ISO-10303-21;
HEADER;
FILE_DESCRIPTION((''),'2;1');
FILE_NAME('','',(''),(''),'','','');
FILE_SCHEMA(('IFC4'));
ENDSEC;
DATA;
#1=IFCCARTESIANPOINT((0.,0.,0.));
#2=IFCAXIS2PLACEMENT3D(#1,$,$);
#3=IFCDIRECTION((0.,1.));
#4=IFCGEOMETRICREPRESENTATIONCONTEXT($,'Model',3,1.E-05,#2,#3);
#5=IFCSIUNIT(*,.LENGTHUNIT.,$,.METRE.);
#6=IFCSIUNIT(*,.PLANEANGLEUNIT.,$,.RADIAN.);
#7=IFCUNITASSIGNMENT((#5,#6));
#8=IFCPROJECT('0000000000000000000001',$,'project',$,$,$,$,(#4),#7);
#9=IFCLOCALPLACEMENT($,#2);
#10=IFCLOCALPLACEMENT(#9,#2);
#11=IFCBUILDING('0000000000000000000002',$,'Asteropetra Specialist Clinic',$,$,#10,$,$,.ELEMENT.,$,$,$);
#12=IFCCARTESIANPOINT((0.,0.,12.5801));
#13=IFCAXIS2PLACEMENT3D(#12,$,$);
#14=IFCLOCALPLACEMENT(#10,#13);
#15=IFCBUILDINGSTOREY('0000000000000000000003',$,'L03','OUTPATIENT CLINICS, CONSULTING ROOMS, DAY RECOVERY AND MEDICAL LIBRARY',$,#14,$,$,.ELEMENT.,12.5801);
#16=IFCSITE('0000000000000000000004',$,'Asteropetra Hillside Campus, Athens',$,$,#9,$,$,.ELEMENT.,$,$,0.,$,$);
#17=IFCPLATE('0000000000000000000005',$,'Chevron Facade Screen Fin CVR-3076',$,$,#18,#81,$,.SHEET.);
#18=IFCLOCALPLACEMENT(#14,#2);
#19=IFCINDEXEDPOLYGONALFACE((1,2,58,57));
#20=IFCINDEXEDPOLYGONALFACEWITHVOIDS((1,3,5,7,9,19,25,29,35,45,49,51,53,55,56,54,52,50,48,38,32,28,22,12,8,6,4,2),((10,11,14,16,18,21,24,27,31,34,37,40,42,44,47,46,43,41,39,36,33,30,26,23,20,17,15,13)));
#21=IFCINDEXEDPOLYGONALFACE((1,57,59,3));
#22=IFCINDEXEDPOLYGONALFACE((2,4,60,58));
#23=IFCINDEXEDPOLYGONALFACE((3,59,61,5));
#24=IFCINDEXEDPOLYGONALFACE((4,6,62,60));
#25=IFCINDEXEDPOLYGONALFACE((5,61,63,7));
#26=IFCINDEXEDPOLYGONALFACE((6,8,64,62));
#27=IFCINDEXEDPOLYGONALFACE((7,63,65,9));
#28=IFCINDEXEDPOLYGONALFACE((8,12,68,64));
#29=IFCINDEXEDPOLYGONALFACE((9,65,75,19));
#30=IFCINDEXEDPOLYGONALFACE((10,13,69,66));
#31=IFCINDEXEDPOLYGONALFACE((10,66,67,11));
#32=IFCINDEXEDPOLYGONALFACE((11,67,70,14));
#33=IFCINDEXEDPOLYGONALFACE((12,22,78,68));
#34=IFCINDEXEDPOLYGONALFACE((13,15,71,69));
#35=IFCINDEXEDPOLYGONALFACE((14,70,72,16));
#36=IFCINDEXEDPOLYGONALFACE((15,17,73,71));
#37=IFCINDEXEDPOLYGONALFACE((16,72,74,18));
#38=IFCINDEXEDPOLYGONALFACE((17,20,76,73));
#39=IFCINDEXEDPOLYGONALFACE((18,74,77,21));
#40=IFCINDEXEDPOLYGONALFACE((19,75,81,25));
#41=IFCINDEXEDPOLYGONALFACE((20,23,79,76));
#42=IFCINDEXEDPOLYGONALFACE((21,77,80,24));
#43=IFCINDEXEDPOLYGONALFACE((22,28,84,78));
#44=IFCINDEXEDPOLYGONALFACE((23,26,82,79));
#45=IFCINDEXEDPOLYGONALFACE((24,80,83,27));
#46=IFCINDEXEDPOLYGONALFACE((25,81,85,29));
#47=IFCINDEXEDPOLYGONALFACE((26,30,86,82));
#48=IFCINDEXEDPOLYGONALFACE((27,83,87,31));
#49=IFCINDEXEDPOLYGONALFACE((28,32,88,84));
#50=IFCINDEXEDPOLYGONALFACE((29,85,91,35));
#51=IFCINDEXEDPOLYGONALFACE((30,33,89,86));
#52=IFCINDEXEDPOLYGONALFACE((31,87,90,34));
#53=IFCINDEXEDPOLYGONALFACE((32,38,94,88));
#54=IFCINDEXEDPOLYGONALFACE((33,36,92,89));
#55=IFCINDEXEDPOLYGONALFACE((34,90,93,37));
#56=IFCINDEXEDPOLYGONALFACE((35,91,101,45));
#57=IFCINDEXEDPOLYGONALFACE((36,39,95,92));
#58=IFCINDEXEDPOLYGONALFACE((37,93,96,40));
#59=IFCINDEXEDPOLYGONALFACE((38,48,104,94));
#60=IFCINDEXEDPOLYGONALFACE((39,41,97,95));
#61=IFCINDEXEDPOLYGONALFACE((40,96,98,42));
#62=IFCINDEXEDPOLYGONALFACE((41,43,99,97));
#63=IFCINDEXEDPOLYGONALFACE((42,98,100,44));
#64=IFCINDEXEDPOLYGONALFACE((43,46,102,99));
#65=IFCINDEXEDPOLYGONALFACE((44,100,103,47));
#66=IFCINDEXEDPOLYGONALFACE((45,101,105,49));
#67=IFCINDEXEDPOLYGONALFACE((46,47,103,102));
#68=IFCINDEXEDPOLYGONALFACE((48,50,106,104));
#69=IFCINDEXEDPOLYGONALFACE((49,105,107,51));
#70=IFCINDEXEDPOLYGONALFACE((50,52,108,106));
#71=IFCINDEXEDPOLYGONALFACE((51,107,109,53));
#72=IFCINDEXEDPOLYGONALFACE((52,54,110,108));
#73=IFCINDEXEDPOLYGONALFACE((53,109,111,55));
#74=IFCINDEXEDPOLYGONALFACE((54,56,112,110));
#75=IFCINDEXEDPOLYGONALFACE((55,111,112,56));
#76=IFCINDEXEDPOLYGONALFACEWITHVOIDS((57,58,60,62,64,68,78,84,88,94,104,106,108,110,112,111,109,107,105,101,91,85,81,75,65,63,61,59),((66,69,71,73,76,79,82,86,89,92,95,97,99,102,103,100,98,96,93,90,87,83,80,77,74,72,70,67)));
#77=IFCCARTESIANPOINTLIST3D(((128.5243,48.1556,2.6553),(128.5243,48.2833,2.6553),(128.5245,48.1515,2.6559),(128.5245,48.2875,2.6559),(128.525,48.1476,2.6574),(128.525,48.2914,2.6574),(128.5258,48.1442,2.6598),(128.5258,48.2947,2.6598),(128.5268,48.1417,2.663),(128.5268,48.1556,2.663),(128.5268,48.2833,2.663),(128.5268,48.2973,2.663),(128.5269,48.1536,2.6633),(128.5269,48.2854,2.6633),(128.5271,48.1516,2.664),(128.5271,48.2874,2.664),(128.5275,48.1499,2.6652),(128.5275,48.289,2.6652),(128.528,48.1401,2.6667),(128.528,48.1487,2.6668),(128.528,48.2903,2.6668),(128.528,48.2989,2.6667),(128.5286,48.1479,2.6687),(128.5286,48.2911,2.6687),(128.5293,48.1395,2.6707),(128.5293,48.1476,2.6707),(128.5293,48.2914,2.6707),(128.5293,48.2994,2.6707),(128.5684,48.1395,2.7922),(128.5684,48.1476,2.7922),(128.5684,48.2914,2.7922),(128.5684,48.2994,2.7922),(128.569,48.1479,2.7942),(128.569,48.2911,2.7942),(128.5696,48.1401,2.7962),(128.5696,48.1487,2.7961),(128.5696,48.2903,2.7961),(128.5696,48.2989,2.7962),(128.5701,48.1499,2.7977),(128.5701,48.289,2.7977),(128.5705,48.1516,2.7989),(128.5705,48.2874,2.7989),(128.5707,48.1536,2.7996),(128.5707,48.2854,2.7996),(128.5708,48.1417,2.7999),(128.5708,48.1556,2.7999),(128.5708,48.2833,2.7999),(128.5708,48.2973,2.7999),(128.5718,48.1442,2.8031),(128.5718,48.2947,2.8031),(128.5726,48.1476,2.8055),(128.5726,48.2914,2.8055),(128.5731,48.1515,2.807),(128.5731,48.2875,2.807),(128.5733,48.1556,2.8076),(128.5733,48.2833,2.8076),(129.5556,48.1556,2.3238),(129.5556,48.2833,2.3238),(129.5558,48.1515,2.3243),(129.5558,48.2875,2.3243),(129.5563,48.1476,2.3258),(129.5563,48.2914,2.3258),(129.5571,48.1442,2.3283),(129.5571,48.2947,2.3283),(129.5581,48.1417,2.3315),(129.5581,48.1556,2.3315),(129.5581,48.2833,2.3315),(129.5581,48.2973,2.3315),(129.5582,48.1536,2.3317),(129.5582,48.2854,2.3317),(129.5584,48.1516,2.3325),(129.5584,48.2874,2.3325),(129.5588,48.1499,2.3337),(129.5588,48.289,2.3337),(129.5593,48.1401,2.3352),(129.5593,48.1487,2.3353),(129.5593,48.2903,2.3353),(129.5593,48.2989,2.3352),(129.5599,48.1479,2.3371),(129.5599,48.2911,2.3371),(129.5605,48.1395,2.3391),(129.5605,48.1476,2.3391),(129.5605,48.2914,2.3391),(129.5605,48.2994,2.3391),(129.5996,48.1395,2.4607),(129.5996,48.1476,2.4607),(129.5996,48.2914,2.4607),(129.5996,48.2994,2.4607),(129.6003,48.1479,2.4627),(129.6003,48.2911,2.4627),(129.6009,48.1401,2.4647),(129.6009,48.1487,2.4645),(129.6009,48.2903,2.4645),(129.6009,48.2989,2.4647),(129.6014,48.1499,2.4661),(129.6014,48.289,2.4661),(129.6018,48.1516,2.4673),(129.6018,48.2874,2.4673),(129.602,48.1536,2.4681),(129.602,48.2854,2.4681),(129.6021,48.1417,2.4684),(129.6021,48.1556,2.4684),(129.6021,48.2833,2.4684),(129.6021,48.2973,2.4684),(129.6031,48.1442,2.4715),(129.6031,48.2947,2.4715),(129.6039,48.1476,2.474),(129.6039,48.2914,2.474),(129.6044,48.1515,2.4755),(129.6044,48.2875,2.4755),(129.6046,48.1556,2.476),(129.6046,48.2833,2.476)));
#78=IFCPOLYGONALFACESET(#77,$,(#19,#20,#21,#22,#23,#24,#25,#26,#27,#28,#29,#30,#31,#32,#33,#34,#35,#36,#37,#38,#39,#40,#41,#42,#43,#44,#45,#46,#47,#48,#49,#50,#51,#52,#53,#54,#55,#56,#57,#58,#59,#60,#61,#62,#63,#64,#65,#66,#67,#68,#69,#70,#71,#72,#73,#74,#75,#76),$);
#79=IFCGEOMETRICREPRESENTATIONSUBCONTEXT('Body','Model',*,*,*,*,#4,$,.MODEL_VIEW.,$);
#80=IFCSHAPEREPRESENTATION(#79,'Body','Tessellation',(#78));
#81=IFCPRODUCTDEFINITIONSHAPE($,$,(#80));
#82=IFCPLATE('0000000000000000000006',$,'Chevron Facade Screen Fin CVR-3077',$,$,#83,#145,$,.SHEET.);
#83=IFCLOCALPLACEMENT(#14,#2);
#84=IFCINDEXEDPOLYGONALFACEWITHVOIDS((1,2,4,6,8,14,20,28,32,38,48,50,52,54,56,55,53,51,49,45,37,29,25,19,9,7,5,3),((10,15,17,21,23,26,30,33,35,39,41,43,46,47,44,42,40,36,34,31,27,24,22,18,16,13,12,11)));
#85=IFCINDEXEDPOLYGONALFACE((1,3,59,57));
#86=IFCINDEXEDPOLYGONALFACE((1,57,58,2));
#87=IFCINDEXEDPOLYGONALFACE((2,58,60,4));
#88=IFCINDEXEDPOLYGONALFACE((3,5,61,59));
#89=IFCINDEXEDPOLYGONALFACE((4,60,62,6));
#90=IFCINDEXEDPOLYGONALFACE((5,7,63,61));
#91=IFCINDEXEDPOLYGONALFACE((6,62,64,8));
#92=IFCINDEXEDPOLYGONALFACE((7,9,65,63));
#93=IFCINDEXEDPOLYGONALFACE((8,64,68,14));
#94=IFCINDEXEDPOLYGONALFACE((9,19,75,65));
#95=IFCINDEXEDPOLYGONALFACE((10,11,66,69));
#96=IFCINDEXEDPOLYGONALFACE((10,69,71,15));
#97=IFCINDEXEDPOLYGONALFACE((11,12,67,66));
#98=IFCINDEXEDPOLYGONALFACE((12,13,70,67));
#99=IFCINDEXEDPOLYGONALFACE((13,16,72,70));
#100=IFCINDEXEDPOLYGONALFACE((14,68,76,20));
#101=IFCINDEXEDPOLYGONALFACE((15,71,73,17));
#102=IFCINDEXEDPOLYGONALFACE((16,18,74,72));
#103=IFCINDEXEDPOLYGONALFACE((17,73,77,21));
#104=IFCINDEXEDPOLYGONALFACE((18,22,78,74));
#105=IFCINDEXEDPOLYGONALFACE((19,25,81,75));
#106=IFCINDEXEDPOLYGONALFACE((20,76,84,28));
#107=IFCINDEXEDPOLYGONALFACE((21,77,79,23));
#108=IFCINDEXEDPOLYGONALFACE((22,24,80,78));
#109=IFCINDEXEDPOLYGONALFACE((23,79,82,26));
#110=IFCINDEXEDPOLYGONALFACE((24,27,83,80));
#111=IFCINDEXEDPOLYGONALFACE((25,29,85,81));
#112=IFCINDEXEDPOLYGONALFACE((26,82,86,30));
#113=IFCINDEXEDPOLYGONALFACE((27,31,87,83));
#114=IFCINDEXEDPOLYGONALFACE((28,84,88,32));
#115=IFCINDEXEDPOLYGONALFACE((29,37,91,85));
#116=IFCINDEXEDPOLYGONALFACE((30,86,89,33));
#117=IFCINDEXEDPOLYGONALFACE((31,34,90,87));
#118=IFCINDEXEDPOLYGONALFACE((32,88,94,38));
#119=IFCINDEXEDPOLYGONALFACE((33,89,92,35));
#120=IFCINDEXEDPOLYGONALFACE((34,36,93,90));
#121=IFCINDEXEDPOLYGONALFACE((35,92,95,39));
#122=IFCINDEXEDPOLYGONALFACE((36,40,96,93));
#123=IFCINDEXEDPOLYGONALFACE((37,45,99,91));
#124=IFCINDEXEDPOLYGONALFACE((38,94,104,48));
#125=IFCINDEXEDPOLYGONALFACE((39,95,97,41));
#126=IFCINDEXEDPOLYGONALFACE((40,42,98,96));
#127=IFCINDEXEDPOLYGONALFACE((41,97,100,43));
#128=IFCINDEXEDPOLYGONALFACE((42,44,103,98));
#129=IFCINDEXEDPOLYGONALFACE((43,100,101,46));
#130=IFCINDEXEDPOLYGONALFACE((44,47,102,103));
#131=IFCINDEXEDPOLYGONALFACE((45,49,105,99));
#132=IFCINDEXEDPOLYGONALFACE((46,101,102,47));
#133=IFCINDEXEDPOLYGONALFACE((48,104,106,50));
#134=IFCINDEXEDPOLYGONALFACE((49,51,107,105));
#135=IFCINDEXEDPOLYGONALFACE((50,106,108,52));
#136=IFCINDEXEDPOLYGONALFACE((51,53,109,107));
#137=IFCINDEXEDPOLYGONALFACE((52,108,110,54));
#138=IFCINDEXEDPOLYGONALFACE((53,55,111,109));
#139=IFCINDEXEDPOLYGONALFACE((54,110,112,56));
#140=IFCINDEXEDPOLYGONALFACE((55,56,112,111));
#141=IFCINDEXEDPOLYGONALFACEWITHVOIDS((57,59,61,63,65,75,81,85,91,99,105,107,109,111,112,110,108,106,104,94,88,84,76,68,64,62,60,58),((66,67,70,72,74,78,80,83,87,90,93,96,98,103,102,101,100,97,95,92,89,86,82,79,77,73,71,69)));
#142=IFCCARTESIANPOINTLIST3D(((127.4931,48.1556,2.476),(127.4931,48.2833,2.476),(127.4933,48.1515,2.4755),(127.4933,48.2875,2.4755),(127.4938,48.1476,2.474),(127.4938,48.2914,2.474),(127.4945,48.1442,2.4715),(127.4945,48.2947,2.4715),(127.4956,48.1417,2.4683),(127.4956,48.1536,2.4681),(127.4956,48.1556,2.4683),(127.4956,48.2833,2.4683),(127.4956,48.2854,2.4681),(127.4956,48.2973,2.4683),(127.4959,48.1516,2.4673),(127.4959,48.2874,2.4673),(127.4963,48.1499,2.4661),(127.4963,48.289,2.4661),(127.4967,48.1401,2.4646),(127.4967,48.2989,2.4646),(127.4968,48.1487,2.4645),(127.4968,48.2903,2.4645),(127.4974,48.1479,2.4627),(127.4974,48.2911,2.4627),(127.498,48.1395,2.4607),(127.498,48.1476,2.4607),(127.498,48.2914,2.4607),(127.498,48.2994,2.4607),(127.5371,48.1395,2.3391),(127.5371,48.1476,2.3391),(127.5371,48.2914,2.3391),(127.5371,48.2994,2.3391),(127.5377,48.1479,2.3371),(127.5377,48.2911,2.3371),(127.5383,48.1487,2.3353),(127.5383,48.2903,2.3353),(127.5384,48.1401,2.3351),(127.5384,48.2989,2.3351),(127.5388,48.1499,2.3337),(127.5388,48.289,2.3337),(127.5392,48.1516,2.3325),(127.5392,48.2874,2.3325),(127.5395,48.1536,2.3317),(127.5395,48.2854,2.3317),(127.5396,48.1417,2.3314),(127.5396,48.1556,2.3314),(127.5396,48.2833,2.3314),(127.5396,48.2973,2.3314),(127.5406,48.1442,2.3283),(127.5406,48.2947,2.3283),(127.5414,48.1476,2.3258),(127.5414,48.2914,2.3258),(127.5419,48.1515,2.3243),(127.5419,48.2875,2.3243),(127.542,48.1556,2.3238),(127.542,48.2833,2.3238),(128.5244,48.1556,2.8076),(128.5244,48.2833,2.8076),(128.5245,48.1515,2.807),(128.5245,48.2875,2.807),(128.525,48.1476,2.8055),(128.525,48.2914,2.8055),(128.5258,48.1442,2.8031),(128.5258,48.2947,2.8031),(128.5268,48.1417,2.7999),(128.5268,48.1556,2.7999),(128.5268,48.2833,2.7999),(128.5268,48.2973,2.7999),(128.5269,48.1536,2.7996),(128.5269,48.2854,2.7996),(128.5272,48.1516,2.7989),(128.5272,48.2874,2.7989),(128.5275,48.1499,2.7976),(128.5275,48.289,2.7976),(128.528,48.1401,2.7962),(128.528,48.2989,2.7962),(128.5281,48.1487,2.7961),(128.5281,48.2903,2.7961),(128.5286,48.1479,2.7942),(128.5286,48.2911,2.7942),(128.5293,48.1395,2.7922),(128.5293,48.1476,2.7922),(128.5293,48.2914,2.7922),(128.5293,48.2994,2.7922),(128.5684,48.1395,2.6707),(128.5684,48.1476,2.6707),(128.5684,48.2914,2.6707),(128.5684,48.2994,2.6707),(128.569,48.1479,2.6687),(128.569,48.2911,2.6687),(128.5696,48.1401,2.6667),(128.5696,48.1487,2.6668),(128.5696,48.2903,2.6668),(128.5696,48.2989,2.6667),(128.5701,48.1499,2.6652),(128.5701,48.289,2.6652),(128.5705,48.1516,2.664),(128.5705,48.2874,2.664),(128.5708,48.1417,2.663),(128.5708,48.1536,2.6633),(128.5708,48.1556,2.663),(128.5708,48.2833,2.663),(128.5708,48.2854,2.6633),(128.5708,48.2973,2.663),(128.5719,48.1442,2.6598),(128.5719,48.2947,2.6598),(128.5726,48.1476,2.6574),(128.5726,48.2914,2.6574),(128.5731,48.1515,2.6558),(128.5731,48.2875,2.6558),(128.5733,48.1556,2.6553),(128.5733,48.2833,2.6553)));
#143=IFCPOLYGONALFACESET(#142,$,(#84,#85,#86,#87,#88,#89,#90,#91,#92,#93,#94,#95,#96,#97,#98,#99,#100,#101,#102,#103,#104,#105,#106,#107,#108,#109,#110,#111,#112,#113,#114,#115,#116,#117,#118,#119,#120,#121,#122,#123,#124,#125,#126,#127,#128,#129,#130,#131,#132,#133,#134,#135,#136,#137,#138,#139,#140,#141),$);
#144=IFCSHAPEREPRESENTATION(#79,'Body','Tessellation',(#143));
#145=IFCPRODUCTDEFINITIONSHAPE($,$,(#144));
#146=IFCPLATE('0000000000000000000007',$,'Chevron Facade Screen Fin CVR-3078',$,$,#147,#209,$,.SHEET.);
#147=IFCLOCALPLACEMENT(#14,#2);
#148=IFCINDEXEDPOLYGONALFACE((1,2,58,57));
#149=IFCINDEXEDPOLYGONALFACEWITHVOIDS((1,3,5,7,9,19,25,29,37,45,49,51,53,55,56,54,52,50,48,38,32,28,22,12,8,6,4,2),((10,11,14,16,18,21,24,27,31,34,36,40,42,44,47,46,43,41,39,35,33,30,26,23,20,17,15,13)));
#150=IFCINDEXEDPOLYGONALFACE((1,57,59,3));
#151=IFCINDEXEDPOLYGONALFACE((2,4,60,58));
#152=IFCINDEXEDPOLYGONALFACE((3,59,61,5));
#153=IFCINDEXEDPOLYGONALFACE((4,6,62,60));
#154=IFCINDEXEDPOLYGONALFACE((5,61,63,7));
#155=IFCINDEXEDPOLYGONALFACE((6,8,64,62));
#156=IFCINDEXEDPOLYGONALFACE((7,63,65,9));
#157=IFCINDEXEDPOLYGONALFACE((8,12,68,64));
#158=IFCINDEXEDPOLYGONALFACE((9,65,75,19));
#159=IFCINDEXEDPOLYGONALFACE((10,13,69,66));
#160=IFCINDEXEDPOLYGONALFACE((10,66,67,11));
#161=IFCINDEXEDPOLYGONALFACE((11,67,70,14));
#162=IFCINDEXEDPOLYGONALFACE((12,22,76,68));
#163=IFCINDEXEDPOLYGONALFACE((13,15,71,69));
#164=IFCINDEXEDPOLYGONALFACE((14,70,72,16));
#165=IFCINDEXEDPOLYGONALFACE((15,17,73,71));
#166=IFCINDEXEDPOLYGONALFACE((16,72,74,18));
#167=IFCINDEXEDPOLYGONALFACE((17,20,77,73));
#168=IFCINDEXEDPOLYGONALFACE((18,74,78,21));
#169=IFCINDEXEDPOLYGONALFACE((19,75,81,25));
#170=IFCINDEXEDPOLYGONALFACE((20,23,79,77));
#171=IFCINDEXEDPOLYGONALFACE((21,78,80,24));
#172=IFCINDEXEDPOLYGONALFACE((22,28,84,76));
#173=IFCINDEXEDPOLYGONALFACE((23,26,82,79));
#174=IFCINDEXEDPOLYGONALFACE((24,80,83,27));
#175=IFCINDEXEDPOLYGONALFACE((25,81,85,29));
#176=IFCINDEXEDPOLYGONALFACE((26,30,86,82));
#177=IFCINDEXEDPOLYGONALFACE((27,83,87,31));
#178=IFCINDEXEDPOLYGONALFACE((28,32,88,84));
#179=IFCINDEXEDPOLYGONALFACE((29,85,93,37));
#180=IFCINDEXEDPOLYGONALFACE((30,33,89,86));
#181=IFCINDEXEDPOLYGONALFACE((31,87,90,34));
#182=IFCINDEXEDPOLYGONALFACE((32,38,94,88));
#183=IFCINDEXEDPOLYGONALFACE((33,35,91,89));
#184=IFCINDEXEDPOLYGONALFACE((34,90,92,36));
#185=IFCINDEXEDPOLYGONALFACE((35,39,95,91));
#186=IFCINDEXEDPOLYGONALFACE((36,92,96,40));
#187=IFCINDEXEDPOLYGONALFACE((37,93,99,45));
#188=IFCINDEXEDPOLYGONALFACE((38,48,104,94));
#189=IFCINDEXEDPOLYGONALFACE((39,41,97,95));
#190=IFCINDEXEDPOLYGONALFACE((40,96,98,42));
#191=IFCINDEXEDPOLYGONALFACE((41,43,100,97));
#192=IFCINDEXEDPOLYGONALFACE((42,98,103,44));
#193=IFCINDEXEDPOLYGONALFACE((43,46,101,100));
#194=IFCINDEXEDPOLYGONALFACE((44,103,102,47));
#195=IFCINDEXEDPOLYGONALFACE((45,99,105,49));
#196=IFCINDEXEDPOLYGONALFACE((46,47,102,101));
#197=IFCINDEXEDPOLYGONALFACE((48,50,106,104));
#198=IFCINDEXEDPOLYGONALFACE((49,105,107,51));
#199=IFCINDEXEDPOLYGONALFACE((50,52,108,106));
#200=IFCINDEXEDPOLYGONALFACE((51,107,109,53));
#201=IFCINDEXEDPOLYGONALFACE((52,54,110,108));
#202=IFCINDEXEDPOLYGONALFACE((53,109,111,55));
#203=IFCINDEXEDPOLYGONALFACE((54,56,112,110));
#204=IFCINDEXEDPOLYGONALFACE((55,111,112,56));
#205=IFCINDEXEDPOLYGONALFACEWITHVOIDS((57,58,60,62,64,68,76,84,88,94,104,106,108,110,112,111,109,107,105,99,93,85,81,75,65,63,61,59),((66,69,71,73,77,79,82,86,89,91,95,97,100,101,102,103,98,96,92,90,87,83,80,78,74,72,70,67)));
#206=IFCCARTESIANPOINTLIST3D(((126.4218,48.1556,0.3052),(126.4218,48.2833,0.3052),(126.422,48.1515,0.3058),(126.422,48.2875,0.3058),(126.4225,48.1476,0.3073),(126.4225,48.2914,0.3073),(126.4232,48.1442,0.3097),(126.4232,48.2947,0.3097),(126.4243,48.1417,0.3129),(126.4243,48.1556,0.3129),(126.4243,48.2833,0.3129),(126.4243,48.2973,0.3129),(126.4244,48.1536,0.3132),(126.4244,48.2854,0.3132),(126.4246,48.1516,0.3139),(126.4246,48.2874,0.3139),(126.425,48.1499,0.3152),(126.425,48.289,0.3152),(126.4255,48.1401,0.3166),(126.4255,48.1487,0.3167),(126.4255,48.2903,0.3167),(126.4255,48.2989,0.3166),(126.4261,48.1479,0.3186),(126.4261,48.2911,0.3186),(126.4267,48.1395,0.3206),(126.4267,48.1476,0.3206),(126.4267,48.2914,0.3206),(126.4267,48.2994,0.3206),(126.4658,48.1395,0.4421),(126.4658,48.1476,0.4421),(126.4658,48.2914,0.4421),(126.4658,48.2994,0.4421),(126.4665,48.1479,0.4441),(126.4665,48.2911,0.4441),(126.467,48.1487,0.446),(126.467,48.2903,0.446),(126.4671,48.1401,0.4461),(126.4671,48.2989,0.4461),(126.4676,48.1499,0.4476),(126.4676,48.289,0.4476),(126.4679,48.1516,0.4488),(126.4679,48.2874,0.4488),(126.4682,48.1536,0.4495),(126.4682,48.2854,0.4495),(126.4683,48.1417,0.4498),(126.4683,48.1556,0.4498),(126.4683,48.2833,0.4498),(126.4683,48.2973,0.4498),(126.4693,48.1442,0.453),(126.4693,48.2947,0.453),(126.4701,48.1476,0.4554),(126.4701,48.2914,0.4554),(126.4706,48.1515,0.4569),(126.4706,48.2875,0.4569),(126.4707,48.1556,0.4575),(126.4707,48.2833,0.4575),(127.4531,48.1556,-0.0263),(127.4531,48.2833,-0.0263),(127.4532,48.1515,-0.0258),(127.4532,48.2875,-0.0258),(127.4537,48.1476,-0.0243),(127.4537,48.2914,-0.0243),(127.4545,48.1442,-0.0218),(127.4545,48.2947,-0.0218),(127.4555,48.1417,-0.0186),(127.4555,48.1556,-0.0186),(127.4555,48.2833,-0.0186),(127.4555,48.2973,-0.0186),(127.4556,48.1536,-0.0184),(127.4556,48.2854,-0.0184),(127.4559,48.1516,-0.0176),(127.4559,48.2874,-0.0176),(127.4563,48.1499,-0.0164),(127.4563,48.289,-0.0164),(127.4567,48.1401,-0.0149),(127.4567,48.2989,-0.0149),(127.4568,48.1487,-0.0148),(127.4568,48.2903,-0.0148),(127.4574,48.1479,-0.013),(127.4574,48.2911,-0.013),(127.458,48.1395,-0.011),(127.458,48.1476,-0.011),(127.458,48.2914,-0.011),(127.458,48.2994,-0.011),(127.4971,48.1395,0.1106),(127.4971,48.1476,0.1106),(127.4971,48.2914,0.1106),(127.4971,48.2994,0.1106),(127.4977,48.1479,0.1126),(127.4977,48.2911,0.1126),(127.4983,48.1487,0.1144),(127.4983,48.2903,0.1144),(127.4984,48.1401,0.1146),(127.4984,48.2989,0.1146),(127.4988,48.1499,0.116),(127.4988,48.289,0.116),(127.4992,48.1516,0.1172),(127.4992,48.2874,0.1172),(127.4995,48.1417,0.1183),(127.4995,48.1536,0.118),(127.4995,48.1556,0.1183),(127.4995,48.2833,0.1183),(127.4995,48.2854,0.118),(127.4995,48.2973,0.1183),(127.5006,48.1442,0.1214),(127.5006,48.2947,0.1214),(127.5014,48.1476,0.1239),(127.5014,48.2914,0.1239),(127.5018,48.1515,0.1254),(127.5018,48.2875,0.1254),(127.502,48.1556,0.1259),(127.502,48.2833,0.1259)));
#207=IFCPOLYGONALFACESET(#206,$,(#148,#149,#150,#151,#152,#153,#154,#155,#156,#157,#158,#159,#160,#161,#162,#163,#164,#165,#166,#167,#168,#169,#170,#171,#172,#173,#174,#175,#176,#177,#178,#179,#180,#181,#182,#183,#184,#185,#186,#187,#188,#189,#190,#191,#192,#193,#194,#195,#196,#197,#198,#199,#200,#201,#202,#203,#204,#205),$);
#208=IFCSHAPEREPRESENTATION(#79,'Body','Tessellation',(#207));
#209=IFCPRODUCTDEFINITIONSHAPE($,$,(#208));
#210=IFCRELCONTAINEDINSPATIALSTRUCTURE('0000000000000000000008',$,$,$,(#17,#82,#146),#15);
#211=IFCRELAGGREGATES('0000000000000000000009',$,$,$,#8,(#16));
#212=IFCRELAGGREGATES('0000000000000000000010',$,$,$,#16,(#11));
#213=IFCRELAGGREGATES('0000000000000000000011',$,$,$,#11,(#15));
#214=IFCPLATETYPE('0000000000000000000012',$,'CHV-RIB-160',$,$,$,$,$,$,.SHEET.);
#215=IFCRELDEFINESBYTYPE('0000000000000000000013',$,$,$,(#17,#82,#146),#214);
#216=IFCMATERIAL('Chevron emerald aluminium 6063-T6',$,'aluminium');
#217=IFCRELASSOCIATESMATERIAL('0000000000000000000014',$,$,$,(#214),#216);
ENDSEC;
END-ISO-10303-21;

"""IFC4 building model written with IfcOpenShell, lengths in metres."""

from ifc_helpers import new_model, si_unit, direction, frame, origin, origin_2d, place, context, subcontext, project, spatial, hollow_rectangle, extrude, material, material_profile, profile_set, type_object, element, save


model = new_model("IFC4")

# Units and contexts
model_context = context("Model", 3, precision=1e-05, world=origin(), true_north=direction((0.0, 1.0)))
body_context = subcontext(model_context, "Body", "Model", "MODEL_VIEW")
ifc_project = project(units=[si_unit("LENGTHUNIT", "METRE"), si_unit("PLANEANGLEUNIT", "RADIAN")], contexts=[model_context])

# Site, building, storey
site_placement = place(None, origin())
site = spatial("IfcSite", under=ifc_project, at=site_placement, Name="Asteropetra Hillside Campus, Athens", CompositionType="ELEMENT", RefElevation=0.0)
building_placement = place(site_placement, origin())
building = spatial("IfcBuilding", under=site, at=building_placement, Name="Asteropetra Specialist Clinic", CompositionType="ELEMENT")
storey_placement = place(building_placement, frame((0.0, 0.0, 12.5801)))
storey = spatial("IfcBuildingStorey", under=building, at=storey_placement, Name="L03", Description="OUTPATIENT CLINICS, CONSULTING ROOMS, DAY RECOVERY AND MEDICAL LIBRARY", CompositionType="ELEMENT", Elevation=12.5801)

# Plates
ifc_material_1 = material(Name="Chevron emerald aluminium 6063-T6", Category="aluminium")
ifc_material_profile = material_profile(ifc_material_1, hollow_rectangle(XDim=0.1599, YDim=0.1599, WallThickness=0.0081, InnerFilletRadius=0.0081, OuterFilletRadius=0.0161, at=origin_2d()), Name="SHS 160x160x8.0")
ifc_profile_set = profile_set([ifc_material_profile], Name="Chevron emerald aluminium 6063-T6")
plate_type_1 = type_object("IfcPlateType", Name="CHV-RIB-160", PredefinedType="SHEET", material=ifc_profile_set)
for number, where, z_axis, x_axis, name in (
    (1, (129.5801, 48.2195, 2.3999), (-0.95201, 0.0, 0.306068), (0.0, -1.0, 0.0), "Chevron Facade Screen Fin CVR-3076"),
    (2, (128.5488, 48.2195, 2.7314), (-0.95201, 0.0, -0.306068), (0.0, -1.0, 0.0), "Chevron Facade Screen Fin CVR-3077"),
    (3, (127.4775, 48.2195, 0.0498), (-0.95201, 0.0, 0.306068), (0.0, -1.0, 0.0), "Chevron Facade Screen Fin CVR-3078"),
):
    element("IfcPlate", number, at=place(storey_placement, frame(where, z_axis=z_axis, x_axis=x_axis)), inside=storey, type_object=plate_type_1, Name=name, PredefinedType="SHEET", context=body_context, shape_type="SweptSolid", body=[
        extrude(hollow_rectangle(XDim=0.1599, YDim=0.1599, WallThickness=0.0081, InnerFilletRadius=0.0081, OuterFilletRadius=0.0161, at=origin_2d()), origin(), (0.0, 0.0, 1.0), 1.0833),
    ])

save(model, "model.ifc")
